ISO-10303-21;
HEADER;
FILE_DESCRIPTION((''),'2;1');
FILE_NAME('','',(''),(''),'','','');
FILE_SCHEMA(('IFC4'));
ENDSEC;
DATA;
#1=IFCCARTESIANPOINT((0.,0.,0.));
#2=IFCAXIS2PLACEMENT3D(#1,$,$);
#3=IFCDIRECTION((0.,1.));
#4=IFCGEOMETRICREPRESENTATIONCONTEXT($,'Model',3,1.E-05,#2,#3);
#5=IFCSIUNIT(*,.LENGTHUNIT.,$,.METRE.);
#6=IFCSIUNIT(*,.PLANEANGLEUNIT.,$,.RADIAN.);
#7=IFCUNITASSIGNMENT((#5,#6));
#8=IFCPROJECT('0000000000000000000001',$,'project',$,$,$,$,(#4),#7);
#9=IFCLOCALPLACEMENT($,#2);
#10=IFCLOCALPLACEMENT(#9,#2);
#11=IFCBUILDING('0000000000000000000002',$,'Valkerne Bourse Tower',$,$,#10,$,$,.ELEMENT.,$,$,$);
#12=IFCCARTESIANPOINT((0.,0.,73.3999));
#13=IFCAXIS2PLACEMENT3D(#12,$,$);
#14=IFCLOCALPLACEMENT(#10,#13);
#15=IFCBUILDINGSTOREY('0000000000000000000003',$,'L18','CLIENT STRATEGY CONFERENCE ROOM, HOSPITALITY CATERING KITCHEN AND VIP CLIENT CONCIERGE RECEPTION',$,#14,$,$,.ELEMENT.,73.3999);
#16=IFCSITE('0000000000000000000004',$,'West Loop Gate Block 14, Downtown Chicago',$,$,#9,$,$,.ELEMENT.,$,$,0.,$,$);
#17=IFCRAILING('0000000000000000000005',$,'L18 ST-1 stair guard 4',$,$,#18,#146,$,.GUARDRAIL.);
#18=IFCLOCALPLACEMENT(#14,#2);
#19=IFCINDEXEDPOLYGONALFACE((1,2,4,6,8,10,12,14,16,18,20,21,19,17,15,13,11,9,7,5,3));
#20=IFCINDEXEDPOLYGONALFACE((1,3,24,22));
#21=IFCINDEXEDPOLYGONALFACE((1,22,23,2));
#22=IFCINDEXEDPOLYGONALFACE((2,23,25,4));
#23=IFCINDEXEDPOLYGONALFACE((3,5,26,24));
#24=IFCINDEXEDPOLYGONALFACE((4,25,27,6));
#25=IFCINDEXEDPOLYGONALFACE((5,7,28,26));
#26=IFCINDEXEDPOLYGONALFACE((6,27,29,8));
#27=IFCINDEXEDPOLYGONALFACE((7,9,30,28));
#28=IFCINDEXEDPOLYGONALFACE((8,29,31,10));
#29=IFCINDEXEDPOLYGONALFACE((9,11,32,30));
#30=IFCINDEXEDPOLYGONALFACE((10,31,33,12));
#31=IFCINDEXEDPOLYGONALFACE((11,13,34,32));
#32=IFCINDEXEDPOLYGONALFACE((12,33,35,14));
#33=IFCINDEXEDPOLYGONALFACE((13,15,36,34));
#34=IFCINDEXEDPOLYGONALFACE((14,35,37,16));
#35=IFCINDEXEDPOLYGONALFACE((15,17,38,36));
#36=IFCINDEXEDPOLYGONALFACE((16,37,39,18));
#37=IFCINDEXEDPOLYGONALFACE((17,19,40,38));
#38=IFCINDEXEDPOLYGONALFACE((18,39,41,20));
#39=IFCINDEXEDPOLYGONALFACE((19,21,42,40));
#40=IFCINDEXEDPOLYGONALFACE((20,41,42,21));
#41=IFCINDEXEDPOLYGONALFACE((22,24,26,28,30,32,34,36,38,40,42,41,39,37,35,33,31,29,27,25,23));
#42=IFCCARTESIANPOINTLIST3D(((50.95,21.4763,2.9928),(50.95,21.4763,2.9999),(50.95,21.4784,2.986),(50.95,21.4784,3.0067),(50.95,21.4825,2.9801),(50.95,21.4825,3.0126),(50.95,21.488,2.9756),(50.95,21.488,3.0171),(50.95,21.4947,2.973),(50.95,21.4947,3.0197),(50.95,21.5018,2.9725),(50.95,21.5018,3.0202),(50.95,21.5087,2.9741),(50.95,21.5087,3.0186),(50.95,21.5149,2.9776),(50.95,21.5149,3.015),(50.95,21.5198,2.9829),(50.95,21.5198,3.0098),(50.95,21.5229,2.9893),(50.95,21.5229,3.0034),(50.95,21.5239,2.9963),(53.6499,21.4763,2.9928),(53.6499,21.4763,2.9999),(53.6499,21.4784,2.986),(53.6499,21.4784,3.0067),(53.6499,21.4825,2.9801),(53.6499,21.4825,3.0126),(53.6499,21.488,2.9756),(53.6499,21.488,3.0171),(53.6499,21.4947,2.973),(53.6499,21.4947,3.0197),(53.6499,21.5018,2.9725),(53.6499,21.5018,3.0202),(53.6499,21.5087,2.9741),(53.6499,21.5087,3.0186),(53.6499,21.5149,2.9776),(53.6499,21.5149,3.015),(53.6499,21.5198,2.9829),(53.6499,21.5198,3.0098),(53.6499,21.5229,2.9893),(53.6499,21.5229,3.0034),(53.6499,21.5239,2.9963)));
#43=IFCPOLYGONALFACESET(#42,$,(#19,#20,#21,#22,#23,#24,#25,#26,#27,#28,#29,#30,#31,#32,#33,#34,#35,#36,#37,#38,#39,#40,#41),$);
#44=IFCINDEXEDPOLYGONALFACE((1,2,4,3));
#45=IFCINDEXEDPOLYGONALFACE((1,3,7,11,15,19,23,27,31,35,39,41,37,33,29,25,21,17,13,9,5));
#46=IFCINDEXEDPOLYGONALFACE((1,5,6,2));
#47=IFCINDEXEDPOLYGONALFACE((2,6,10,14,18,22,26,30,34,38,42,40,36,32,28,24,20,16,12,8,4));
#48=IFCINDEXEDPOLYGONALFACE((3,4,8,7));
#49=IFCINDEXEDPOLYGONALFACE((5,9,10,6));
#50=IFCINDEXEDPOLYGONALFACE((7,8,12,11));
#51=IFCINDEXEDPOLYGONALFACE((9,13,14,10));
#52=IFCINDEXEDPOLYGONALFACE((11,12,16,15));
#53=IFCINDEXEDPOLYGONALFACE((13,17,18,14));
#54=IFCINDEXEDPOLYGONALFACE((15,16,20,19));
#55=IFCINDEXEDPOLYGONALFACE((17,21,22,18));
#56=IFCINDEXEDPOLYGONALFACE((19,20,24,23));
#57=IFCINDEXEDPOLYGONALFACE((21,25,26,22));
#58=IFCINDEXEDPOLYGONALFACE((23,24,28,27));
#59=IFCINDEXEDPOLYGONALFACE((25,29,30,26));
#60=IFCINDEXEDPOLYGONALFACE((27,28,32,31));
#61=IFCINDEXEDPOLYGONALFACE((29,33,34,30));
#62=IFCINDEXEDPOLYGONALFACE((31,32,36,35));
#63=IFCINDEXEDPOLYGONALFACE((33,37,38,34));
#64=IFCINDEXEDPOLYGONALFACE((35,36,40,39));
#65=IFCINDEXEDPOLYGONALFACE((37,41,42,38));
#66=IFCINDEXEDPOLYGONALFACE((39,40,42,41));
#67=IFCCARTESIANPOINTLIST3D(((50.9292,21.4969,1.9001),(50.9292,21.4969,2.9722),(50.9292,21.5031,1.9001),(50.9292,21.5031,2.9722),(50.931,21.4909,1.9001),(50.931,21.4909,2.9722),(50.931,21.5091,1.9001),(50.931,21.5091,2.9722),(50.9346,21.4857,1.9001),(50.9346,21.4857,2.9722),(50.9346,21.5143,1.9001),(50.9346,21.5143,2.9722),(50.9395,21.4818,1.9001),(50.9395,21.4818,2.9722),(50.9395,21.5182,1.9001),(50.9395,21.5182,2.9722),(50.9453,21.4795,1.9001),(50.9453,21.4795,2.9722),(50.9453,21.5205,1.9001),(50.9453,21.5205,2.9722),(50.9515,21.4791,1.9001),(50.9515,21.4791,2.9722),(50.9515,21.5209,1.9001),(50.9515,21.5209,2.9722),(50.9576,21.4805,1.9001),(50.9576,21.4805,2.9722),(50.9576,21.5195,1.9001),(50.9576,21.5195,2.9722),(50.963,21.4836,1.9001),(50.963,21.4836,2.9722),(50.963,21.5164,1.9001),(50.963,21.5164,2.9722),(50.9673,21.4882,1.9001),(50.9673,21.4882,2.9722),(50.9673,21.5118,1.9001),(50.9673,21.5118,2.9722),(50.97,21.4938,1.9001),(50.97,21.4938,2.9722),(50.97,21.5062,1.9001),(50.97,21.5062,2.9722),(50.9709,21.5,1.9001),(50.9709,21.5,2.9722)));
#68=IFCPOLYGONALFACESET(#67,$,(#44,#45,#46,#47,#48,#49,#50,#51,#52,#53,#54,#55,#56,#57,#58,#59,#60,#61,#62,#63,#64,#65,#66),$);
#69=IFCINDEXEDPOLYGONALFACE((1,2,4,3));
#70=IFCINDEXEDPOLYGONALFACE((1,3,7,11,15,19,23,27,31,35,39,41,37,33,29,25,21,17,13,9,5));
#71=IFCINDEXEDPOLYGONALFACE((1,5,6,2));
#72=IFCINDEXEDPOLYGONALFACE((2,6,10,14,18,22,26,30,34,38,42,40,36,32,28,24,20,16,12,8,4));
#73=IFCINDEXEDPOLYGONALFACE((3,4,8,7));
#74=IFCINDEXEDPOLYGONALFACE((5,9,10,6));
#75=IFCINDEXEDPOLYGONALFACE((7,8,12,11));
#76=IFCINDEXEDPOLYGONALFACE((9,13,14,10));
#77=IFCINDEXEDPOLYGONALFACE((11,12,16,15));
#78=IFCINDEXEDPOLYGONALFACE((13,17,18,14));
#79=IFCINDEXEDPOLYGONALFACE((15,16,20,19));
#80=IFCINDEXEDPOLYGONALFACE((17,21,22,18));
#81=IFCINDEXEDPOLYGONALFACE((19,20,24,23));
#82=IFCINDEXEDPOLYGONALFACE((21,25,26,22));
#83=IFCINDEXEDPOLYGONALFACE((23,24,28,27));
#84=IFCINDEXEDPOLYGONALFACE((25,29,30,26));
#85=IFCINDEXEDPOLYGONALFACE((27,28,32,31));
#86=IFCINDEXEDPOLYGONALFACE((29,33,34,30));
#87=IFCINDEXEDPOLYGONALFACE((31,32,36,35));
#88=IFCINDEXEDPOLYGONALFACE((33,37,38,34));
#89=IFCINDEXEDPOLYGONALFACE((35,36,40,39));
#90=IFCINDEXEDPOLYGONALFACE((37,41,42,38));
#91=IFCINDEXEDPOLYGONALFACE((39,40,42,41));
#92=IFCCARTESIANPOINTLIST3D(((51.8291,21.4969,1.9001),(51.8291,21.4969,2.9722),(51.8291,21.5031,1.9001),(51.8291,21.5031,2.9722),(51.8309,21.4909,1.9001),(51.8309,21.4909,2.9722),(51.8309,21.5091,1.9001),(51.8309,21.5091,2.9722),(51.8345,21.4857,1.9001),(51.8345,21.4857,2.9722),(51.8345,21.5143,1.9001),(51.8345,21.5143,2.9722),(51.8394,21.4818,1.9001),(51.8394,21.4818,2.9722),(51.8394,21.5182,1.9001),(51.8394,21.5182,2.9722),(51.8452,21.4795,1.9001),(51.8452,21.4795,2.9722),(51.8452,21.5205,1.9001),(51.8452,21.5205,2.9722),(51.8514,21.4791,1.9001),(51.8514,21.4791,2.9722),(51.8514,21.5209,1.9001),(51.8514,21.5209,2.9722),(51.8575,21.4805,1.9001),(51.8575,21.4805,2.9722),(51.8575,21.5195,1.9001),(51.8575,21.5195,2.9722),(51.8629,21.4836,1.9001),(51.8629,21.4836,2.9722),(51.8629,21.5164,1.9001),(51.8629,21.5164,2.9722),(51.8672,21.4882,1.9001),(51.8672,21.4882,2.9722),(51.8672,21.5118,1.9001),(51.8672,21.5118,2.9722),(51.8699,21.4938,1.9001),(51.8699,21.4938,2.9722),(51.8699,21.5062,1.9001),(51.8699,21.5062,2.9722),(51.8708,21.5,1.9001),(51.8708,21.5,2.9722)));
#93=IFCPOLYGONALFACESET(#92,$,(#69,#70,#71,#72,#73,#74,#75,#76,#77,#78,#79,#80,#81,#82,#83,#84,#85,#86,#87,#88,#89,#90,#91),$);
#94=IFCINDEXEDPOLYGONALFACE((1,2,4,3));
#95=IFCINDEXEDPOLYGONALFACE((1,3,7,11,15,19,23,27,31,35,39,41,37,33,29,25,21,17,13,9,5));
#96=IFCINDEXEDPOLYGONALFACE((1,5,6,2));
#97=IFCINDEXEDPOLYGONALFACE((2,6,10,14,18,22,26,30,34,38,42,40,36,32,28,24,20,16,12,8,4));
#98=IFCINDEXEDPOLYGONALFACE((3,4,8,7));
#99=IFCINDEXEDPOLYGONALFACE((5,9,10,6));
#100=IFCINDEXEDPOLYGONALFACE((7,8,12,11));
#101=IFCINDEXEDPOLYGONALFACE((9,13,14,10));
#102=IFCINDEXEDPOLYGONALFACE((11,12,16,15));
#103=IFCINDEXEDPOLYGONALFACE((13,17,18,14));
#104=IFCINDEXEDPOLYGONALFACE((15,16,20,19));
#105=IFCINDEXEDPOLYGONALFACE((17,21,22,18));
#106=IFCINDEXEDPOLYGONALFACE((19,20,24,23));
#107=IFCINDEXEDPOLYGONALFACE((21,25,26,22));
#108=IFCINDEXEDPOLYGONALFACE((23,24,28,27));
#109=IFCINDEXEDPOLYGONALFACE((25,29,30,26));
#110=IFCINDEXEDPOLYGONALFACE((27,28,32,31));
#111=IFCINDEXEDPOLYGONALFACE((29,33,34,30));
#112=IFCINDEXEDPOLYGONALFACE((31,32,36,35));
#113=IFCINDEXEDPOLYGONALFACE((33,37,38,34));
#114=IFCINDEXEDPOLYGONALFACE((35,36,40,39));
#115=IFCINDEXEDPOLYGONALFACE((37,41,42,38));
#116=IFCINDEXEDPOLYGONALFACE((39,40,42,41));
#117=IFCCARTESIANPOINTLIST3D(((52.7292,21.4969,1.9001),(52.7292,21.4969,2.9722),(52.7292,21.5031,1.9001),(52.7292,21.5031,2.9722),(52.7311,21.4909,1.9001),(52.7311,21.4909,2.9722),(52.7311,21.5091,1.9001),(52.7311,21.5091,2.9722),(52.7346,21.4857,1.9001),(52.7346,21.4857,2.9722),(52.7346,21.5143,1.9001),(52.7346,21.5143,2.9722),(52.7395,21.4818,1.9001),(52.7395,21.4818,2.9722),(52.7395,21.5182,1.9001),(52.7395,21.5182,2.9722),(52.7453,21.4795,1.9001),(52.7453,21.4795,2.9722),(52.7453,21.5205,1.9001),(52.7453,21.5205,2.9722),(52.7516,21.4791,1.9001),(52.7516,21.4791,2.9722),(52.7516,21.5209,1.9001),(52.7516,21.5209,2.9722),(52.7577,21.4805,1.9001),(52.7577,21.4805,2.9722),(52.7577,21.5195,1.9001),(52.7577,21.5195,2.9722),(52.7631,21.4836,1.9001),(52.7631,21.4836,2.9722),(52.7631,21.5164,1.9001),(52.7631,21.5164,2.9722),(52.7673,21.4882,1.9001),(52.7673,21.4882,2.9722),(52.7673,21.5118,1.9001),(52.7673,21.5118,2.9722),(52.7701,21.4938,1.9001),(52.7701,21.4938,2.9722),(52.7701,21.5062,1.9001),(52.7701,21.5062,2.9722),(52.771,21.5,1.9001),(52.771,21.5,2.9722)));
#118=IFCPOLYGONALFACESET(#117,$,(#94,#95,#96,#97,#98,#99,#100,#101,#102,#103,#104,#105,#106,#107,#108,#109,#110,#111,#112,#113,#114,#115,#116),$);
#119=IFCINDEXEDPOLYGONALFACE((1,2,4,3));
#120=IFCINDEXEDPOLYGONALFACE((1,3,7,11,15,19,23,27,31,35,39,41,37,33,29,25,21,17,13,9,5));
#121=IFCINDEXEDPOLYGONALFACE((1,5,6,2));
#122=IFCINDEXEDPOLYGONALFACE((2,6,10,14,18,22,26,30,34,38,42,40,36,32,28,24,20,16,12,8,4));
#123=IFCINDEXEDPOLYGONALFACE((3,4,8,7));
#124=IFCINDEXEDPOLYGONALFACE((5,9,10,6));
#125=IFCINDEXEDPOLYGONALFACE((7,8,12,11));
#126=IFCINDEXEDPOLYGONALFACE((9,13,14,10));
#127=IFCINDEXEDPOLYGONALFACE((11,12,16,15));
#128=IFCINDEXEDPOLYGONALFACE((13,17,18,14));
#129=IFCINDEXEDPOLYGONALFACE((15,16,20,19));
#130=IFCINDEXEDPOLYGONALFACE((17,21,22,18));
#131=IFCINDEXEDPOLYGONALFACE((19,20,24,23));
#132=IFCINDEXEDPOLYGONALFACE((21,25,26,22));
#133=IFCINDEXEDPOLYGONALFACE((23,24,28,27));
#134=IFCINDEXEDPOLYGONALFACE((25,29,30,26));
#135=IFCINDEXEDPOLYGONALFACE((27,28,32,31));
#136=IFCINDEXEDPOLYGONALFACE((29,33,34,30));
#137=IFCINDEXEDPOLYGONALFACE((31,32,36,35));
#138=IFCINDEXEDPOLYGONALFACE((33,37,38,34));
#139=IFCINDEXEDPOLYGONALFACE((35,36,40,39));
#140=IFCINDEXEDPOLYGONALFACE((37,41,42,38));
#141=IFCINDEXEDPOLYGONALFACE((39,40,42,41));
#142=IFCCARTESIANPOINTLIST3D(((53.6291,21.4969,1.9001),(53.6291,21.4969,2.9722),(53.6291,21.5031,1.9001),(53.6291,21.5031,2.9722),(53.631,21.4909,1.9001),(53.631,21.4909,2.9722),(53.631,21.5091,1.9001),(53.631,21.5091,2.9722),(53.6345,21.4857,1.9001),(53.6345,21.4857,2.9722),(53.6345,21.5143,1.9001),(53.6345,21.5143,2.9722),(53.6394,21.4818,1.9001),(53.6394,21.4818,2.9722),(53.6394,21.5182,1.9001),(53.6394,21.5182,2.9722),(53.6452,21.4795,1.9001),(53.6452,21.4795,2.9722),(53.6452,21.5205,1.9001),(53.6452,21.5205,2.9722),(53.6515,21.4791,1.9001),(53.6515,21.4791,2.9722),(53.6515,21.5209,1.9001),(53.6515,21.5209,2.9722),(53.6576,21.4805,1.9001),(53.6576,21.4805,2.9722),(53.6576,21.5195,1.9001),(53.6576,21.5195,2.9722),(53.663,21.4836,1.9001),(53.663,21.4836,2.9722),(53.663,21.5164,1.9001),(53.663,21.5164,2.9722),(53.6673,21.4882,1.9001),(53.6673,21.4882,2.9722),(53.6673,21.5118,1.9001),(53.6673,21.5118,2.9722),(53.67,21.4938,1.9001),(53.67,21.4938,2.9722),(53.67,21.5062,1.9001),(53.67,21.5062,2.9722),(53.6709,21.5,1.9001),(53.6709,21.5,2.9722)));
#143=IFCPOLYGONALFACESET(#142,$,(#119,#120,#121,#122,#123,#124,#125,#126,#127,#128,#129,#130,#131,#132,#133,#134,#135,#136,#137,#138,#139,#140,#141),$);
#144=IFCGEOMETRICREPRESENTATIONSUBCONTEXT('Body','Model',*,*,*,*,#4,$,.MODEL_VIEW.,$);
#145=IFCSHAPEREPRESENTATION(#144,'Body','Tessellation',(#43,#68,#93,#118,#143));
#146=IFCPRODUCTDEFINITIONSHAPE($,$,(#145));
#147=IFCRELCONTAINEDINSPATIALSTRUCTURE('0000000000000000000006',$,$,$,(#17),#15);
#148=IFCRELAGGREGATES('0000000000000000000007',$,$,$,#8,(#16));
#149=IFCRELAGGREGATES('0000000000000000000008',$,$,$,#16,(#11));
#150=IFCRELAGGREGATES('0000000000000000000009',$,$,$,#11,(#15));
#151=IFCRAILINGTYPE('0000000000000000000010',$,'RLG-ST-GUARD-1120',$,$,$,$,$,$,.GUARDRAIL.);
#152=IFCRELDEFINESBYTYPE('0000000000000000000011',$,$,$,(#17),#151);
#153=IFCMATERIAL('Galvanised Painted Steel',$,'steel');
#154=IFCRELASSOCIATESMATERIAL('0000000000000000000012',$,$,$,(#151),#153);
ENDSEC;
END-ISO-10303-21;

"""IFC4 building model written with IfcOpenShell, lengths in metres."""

from ifc_helpers import new_model, si_unit, direction, frame, origin, origin_2d, place, context, subcontext, project, spatial, circle, extrude, material, type_object, element, save


model = new_model("IFC4")

# Units and contexts
model_context = context("Model", 3, precision=1e-05, world=origin(), true_north=direction((0.0, 1.0)))
body_context = subcontext(model_context, "Body", "Model", "MODEL_VIEW")
ifc_project = project(units=[si_unit("LENGTHUNIT", "METRE"), si_unit("PLANEANGLEUNIT", "RADIAN")], contexts=[model_context])

# Site, building, storey
site_placement = place(None, origin())
site = spatial("IfcSite", under=ifc_project, at=site_placement, Name="West Loop Gate Block 14, Downtown Chicago", CompositionType="ELEMENT", RefElevation=0.0)
building_placement = place(site_placement, origin())
building = spatial("IfcBuilding", under=site, at=building_placement, Name="Valkerne Bourse Tower", CompositionType="ELEMENT")
storey_placement = place(building_placement, frame((0.0, 0.0, 73.3999)))
storey = spatial("IfcBuildingStorey", under=building, at=storey_placement, Name="L18", Description="CLIENT STRATEGY CONFERENCE ROOM, HOSPITALITY CATERING KITCHEN AND VIP CLIENT CONCIERGE RECEPTION", CompositionType="ELEMENT", Elevation=73.3999)

# Shared definitions
ifc_material_1 = material(Name="Galvanised Painted Steel", Category="steel")

# Railing
railing_type_1 = type_object("IfcRailingType", Name="RLG-ST-GUARD-1120", PredefinedType="GUARDRAIL", material=ifc_material_1)
for number, where, name in (
    (1, (50.95, 21.5, 1.9001), "L18 ST-1 stair guard 4"),
):
    element("IfcRailing", number, at=place(storey_placement, frame(where)), inside=storey, type_object=railing_type_1, Name=name, PredefinedType="GUARDRAIL", context=body_context, shape_type="SweptSolid", body=[
        extrude(circle(Radius=0.0239, at=origin_2d()), frame((0.0, 0.0, 1.0962), z_axis=(1.0, 0.0, 0.0), x_axis=(0.0, 1.0, 0.0)), (0.0, 0.0, 1.0), 2.7),
        extrude(circle(Radius=0.021, at=origin_2d()), origin(), (0.0, 0.0, 1.0), 1.072),
        extrude(circle(Radius=0.021, at=origin_2d()), frame((0.8999, 0.0, 0.0)), (0.0, 0.0, 1.0), 1.072),
        extrude(circle(Radius=0.021, at=origin_2d()), frame((1.8, 0.0, 0.0)), (0.0, 0.0, 1.0), 1.072),
        extrude(circle(Radius=0.021, at=origin_2d()), frame((2.7, 0.0, 0.0)), (0.0, 0.0, 1.0), 1.072),
    ])

save(model, "model.ifc")
